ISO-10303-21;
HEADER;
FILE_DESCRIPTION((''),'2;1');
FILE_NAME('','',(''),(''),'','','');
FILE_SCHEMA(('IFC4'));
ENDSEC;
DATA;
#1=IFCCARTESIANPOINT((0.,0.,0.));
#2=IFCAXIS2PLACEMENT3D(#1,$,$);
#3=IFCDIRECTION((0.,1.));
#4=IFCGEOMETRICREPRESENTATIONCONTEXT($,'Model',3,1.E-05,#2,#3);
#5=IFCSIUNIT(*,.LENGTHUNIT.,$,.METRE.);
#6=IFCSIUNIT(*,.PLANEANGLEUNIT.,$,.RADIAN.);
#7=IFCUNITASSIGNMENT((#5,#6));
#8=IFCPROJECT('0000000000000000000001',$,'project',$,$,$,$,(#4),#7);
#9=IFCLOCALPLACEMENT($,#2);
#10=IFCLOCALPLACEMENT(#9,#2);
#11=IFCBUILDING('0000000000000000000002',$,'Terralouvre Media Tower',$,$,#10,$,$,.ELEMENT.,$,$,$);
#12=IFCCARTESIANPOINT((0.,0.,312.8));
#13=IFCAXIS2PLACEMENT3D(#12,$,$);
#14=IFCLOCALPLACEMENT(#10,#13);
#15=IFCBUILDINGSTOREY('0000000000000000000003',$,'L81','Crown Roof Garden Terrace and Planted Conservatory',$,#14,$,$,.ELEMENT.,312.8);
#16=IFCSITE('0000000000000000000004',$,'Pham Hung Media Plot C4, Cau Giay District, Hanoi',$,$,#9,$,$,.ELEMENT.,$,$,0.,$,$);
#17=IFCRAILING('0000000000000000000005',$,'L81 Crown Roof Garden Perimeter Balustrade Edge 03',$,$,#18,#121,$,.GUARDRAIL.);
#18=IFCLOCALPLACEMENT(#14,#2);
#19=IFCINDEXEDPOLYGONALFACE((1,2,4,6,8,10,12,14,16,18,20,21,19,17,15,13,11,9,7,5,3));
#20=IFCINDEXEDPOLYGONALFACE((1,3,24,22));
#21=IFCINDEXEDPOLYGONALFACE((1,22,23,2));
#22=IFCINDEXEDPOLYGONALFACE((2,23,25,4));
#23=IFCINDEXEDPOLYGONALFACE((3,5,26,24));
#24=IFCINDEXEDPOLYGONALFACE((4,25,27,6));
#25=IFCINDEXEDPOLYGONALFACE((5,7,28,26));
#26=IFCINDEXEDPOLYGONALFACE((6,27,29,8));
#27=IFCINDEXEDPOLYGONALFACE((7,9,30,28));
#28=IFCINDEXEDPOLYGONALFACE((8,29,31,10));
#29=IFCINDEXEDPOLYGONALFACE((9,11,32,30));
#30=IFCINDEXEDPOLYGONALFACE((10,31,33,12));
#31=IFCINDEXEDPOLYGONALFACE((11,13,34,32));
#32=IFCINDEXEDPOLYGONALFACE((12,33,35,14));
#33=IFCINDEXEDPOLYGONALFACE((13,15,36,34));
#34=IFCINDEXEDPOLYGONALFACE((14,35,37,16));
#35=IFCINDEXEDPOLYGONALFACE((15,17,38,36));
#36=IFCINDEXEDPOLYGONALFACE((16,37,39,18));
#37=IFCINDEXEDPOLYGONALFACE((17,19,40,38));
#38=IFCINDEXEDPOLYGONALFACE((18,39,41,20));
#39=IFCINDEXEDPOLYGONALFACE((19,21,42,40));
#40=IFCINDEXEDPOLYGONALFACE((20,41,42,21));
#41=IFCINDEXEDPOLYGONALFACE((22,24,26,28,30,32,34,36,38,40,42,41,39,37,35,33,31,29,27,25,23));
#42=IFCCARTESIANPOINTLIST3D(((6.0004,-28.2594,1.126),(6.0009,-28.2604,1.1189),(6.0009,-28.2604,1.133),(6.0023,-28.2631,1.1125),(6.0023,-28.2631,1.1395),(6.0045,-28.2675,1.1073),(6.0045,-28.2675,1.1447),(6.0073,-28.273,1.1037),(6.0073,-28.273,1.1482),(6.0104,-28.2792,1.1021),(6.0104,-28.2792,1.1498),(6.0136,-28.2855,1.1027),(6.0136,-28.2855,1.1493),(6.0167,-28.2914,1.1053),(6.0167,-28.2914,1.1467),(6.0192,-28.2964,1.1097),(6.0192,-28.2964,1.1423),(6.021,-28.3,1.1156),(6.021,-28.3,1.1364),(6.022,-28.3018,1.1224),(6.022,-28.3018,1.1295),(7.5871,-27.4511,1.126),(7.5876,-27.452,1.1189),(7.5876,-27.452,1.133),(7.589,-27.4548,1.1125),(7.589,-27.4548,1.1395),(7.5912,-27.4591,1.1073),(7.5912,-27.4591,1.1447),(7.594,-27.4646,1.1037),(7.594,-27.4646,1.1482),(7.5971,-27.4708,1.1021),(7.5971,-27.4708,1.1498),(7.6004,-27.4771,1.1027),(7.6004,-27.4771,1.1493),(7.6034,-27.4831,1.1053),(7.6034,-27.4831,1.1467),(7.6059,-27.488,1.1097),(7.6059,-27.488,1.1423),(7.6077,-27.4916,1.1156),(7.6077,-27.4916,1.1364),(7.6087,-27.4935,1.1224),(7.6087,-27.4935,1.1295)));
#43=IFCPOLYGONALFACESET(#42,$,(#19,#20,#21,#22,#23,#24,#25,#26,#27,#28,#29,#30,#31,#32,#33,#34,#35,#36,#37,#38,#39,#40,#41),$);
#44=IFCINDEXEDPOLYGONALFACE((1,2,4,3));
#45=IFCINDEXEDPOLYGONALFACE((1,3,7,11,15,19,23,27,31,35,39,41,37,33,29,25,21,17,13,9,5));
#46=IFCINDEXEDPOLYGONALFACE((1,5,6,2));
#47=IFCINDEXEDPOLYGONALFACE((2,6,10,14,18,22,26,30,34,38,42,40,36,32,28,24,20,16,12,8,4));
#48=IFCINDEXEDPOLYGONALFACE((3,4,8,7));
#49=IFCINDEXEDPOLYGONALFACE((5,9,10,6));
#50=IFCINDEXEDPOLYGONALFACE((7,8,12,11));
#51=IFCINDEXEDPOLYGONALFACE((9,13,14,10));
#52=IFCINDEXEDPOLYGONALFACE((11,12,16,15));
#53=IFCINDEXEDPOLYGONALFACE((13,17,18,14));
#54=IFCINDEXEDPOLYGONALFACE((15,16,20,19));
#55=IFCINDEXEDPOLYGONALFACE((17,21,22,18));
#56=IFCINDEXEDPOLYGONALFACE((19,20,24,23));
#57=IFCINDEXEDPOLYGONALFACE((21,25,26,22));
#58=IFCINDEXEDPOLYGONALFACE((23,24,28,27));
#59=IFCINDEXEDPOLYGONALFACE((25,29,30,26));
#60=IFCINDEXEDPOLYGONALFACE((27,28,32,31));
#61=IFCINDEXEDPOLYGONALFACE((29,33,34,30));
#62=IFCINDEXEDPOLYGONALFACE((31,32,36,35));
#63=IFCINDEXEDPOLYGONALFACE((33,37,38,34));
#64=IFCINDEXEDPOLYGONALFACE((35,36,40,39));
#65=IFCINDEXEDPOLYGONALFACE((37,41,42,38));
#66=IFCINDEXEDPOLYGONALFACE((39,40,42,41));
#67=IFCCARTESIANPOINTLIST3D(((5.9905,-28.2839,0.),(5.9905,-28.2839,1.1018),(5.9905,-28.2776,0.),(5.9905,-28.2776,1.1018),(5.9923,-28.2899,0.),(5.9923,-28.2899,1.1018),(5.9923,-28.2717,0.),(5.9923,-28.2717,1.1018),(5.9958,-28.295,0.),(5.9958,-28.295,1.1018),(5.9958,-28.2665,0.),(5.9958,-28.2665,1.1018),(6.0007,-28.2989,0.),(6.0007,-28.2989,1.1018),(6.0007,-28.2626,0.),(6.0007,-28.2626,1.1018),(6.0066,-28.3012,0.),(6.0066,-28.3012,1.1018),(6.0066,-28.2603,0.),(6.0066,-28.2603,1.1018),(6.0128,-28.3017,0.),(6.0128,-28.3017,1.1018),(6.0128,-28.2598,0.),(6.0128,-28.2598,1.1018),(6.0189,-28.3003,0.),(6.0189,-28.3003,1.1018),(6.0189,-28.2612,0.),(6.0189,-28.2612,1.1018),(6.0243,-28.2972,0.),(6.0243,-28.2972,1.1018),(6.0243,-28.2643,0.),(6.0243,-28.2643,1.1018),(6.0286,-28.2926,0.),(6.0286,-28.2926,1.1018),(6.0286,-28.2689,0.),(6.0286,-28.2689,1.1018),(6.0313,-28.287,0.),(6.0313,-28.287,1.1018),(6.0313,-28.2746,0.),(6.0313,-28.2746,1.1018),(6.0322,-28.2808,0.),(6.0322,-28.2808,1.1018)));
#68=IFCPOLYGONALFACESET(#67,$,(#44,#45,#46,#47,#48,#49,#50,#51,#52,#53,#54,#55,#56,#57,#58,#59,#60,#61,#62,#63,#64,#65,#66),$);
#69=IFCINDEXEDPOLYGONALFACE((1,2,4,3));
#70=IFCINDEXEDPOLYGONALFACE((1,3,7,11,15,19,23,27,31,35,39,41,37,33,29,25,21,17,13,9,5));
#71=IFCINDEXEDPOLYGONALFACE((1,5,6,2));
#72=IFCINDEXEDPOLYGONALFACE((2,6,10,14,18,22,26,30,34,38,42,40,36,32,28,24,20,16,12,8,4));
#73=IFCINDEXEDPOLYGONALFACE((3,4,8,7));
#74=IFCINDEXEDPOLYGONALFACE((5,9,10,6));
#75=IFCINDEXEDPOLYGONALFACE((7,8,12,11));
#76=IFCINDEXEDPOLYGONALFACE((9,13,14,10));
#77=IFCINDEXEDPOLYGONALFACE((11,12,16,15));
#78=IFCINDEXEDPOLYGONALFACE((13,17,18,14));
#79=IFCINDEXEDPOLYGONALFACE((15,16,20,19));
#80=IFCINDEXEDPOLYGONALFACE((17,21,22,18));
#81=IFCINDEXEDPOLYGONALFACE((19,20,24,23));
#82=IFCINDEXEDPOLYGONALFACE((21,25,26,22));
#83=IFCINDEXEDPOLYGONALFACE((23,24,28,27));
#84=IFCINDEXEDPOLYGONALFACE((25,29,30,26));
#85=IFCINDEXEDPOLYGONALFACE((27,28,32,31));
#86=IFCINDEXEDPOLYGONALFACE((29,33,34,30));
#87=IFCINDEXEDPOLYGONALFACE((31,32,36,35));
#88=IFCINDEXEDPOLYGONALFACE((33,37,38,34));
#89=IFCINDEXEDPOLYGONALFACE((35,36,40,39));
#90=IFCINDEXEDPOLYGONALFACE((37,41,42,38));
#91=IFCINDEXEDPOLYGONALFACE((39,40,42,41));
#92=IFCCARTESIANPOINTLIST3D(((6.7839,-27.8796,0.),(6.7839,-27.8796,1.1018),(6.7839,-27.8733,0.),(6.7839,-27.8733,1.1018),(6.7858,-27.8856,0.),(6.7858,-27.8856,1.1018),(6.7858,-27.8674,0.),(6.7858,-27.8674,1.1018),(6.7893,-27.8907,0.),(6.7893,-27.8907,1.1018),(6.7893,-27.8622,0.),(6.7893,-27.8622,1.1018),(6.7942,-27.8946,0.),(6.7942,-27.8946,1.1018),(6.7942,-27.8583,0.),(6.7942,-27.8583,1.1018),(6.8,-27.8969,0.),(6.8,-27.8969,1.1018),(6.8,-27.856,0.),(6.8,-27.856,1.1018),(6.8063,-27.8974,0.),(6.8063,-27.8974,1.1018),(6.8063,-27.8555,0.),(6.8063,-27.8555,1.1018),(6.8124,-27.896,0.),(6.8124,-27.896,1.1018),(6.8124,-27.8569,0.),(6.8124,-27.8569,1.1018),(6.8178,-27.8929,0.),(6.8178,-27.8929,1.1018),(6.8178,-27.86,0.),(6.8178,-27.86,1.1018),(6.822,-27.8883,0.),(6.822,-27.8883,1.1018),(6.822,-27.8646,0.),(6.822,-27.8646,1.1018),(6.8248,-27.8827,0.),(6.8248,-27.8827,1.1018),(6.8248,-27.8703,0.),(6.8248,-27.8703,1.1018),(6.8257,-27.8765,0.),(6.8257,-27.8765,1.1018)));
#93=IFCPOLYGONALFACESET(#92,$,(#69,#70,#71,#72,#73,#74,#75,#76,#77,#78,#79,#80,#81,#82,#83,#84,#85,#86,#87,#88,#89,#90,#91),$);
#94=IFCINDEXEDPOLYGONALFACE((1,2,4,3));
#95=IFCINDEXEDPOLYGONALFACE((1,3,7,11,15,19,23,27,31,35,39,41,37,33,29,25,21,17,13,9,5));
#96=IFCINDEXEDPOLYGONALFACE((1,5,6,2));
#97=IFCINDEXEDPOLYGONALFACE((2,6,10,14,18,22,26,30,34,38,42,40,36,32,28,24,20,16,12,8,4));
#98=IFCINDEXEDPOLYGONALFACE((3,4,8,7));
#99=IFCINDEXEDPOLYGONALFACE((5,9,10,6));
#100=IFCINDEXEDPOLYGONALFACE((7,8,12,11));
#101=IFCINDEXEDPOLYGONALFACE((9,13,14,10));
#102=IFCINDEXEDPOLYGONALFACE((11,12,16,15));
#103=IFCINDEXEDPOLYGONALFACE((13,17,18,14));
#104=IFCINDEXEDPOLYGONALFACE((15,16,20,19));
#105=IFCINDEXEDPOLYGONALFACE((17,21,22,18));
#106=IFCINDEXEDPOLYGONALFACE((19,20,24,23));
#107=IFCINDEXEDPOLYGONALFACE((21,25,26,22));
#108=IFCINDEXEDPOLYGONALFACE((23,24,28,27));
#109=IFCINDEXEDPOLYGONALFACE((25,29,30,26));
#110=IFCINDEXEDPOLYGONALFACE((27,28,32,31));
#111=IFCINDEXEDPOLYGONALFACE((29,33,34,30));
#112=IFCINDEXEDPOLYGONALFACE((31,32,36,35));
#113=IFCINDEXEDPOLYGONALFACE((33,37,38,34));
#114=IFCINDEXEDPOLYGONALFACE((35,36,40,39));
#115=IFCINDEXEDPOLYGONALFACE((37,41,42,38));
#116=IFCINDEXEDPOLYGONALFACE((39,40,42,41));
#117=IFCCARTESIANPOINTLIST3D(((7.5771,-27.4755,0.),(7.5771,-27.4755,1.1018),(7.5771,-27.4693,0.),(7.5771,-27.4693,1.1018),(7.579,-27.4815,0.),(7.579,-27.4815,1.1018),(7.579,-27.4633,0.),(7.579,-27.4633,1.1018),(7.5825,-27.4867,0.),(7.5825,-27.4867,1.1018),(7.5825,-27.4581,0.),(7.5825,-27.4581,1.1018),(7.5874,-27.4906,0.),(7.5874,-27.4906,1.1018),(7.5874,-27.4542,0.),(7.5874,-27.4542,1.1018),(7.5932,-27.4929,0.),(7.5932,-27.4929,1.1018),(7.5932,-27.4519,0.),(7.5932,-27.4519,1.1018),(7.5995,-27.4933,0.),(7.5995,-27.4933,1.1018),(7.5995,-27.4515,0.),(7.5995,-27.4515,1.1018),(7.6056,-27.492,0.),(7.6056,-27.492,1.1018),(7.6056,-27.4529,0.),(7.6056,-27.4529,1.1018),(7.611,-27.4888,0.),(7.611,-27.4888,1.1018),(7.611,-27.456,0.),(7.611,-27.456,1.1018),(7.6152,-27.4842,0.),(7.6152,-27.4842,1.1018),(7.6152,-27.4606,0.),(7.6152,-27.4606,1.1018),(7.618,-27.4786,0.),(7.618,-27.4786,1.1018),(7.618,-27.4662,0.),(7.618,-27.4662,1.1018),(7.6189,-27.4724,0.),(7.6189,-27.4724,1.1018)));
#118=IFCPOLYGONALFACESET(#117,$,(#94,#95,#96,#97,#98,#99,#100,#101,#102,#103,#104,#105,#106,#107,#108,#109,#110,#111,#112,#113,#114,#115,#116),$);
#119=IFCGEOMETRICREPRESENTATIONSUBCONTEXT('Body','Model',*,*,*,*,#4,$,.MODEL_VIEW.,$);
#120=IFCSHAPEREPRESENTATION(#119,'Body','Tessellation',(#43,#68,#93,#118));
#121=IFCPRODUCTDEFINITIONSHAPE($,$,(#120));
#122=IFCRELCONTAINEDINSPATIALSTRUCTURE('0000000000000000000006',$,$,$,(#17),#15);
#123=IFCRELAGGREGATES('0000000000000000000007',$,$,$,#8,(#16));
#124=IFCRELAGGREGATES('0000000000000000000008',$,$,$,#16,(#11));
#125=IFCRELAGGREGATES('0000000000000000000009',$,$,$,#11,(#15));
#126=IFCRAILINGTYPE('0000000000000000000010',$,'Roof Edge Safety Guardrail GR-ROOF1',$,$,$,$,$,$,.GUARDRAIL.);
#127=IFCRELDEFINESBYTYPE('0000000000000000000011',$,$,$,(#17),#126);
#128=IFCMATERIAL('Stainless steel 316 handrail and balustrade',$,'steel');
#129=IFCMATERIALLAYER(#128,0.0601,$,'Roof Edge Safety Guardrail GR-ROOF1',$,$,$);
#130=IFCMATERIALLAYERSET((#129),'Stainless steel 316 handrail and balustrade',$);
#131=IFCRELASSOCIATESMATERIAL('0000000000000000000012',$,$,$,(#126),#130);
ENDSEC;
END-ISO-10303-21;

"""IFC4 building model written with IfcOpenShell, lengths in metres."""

from ifc_helpers import new_model, si_unit, direction, frame, origin, origin_2d, place, context, subcontext, project, spatial, circle, extrude, material, layer, layer_set, type_object, element, save


model = new_model("IFC4")

# Units and contexts
model_context = context("Model", 3, precision=1e-05, world=origin(), true_north=direction((0.0, 1.0)))
body_context = subcontext(model_context, "Body", "Model", "MODEL_VIEW")
ifc_project = project(units=[si_unit("LENGTHUNIT", "METRE"), si_unit("PLANEANGLEUNIT", "RADIAN")], contexts=[model_context])

# Site, building, storey
site_placement = place(None, origin())
site = spatial("IfcSite", under=ifc_project, at=site_placement, Name="Pham Hung Media Plot C4, Cau Giay District, Hanoi", CompositionType="ELEMENT", RefElevation=0.0)
building_placement = place(site_placement, origin())
building = spatial("IfcBuilding", under=site, at=building_placement, Name="Terralouvre Media Tower", CompositionType="ELEMENT")
storey_placement = place(building_placement, frame((0.0, 0.0, 312.8)))
storey = spatial("IfcBuildingStorey", under=building, at=storey_placement, Name="L81", Description="Crown Roof Garden Terrace and Planted Conservatory", CompositionType="ELEMENT", Elevation=312.8)

# Railing
ifc_material_1 = material(Name="Stainless steel 316 handrail and balustrade", Category="steel")
ifc_layer_1 = layer(ifc_material_1, 0.0601, Name="Roof Edge Safety Guardrail GR-ROOF1")
ifc_layer_set_1 = layer_set([ifc_layer_1], Name="Stainless steel 316 handrail and balustrade")
railing_type = type_object("IfcRailingType", Name="Roof Edge Safety Guardrail GR-ROOF1", PredefinedType="GUARDRAIL", material=ifc_layer_set_1)
railing_1_placement = place(storey_placement, frame((6.0112, -28.2808, 0.0)))
element("IfcRailing", 1, at=railing_1_placement, inside=storey, type_object=railing_type, Name="L81 Crown Roof Garden Perimeter Balustrade Edge 03", PredefinedType="GUARDRAIL", context=body_context, shape_type="SweptSolid", body=[
    extrude(circle(Radius=0.0239, at=origin_2d()), frame((0.0, 0.0, 1.126), z_axis=(0.891029, 0.453946, 0.0), x_axis=(-0.453946, 0.891029, 0.0)), (0.0, 0.0, 1.0), 1.7808),
    extrude(circle(Radius=0.021, at=origin_2d()), origin(), (0.0, 0.0, 1.0), 1.1018),
    extrude(circle(Radius=0.021, at=origin_2d()), frame((0.7935, 0.4043, 0.0)), (0.0, 0.0, 1.0), 1.1018),
    extrude(circle(Radius=0.021, at=origin_2d()), frame((1.5867, 0.8083, 0.0)), (0.0, 0.0, 1.0), 1.1018),
])

save(model, "model.ifc")
